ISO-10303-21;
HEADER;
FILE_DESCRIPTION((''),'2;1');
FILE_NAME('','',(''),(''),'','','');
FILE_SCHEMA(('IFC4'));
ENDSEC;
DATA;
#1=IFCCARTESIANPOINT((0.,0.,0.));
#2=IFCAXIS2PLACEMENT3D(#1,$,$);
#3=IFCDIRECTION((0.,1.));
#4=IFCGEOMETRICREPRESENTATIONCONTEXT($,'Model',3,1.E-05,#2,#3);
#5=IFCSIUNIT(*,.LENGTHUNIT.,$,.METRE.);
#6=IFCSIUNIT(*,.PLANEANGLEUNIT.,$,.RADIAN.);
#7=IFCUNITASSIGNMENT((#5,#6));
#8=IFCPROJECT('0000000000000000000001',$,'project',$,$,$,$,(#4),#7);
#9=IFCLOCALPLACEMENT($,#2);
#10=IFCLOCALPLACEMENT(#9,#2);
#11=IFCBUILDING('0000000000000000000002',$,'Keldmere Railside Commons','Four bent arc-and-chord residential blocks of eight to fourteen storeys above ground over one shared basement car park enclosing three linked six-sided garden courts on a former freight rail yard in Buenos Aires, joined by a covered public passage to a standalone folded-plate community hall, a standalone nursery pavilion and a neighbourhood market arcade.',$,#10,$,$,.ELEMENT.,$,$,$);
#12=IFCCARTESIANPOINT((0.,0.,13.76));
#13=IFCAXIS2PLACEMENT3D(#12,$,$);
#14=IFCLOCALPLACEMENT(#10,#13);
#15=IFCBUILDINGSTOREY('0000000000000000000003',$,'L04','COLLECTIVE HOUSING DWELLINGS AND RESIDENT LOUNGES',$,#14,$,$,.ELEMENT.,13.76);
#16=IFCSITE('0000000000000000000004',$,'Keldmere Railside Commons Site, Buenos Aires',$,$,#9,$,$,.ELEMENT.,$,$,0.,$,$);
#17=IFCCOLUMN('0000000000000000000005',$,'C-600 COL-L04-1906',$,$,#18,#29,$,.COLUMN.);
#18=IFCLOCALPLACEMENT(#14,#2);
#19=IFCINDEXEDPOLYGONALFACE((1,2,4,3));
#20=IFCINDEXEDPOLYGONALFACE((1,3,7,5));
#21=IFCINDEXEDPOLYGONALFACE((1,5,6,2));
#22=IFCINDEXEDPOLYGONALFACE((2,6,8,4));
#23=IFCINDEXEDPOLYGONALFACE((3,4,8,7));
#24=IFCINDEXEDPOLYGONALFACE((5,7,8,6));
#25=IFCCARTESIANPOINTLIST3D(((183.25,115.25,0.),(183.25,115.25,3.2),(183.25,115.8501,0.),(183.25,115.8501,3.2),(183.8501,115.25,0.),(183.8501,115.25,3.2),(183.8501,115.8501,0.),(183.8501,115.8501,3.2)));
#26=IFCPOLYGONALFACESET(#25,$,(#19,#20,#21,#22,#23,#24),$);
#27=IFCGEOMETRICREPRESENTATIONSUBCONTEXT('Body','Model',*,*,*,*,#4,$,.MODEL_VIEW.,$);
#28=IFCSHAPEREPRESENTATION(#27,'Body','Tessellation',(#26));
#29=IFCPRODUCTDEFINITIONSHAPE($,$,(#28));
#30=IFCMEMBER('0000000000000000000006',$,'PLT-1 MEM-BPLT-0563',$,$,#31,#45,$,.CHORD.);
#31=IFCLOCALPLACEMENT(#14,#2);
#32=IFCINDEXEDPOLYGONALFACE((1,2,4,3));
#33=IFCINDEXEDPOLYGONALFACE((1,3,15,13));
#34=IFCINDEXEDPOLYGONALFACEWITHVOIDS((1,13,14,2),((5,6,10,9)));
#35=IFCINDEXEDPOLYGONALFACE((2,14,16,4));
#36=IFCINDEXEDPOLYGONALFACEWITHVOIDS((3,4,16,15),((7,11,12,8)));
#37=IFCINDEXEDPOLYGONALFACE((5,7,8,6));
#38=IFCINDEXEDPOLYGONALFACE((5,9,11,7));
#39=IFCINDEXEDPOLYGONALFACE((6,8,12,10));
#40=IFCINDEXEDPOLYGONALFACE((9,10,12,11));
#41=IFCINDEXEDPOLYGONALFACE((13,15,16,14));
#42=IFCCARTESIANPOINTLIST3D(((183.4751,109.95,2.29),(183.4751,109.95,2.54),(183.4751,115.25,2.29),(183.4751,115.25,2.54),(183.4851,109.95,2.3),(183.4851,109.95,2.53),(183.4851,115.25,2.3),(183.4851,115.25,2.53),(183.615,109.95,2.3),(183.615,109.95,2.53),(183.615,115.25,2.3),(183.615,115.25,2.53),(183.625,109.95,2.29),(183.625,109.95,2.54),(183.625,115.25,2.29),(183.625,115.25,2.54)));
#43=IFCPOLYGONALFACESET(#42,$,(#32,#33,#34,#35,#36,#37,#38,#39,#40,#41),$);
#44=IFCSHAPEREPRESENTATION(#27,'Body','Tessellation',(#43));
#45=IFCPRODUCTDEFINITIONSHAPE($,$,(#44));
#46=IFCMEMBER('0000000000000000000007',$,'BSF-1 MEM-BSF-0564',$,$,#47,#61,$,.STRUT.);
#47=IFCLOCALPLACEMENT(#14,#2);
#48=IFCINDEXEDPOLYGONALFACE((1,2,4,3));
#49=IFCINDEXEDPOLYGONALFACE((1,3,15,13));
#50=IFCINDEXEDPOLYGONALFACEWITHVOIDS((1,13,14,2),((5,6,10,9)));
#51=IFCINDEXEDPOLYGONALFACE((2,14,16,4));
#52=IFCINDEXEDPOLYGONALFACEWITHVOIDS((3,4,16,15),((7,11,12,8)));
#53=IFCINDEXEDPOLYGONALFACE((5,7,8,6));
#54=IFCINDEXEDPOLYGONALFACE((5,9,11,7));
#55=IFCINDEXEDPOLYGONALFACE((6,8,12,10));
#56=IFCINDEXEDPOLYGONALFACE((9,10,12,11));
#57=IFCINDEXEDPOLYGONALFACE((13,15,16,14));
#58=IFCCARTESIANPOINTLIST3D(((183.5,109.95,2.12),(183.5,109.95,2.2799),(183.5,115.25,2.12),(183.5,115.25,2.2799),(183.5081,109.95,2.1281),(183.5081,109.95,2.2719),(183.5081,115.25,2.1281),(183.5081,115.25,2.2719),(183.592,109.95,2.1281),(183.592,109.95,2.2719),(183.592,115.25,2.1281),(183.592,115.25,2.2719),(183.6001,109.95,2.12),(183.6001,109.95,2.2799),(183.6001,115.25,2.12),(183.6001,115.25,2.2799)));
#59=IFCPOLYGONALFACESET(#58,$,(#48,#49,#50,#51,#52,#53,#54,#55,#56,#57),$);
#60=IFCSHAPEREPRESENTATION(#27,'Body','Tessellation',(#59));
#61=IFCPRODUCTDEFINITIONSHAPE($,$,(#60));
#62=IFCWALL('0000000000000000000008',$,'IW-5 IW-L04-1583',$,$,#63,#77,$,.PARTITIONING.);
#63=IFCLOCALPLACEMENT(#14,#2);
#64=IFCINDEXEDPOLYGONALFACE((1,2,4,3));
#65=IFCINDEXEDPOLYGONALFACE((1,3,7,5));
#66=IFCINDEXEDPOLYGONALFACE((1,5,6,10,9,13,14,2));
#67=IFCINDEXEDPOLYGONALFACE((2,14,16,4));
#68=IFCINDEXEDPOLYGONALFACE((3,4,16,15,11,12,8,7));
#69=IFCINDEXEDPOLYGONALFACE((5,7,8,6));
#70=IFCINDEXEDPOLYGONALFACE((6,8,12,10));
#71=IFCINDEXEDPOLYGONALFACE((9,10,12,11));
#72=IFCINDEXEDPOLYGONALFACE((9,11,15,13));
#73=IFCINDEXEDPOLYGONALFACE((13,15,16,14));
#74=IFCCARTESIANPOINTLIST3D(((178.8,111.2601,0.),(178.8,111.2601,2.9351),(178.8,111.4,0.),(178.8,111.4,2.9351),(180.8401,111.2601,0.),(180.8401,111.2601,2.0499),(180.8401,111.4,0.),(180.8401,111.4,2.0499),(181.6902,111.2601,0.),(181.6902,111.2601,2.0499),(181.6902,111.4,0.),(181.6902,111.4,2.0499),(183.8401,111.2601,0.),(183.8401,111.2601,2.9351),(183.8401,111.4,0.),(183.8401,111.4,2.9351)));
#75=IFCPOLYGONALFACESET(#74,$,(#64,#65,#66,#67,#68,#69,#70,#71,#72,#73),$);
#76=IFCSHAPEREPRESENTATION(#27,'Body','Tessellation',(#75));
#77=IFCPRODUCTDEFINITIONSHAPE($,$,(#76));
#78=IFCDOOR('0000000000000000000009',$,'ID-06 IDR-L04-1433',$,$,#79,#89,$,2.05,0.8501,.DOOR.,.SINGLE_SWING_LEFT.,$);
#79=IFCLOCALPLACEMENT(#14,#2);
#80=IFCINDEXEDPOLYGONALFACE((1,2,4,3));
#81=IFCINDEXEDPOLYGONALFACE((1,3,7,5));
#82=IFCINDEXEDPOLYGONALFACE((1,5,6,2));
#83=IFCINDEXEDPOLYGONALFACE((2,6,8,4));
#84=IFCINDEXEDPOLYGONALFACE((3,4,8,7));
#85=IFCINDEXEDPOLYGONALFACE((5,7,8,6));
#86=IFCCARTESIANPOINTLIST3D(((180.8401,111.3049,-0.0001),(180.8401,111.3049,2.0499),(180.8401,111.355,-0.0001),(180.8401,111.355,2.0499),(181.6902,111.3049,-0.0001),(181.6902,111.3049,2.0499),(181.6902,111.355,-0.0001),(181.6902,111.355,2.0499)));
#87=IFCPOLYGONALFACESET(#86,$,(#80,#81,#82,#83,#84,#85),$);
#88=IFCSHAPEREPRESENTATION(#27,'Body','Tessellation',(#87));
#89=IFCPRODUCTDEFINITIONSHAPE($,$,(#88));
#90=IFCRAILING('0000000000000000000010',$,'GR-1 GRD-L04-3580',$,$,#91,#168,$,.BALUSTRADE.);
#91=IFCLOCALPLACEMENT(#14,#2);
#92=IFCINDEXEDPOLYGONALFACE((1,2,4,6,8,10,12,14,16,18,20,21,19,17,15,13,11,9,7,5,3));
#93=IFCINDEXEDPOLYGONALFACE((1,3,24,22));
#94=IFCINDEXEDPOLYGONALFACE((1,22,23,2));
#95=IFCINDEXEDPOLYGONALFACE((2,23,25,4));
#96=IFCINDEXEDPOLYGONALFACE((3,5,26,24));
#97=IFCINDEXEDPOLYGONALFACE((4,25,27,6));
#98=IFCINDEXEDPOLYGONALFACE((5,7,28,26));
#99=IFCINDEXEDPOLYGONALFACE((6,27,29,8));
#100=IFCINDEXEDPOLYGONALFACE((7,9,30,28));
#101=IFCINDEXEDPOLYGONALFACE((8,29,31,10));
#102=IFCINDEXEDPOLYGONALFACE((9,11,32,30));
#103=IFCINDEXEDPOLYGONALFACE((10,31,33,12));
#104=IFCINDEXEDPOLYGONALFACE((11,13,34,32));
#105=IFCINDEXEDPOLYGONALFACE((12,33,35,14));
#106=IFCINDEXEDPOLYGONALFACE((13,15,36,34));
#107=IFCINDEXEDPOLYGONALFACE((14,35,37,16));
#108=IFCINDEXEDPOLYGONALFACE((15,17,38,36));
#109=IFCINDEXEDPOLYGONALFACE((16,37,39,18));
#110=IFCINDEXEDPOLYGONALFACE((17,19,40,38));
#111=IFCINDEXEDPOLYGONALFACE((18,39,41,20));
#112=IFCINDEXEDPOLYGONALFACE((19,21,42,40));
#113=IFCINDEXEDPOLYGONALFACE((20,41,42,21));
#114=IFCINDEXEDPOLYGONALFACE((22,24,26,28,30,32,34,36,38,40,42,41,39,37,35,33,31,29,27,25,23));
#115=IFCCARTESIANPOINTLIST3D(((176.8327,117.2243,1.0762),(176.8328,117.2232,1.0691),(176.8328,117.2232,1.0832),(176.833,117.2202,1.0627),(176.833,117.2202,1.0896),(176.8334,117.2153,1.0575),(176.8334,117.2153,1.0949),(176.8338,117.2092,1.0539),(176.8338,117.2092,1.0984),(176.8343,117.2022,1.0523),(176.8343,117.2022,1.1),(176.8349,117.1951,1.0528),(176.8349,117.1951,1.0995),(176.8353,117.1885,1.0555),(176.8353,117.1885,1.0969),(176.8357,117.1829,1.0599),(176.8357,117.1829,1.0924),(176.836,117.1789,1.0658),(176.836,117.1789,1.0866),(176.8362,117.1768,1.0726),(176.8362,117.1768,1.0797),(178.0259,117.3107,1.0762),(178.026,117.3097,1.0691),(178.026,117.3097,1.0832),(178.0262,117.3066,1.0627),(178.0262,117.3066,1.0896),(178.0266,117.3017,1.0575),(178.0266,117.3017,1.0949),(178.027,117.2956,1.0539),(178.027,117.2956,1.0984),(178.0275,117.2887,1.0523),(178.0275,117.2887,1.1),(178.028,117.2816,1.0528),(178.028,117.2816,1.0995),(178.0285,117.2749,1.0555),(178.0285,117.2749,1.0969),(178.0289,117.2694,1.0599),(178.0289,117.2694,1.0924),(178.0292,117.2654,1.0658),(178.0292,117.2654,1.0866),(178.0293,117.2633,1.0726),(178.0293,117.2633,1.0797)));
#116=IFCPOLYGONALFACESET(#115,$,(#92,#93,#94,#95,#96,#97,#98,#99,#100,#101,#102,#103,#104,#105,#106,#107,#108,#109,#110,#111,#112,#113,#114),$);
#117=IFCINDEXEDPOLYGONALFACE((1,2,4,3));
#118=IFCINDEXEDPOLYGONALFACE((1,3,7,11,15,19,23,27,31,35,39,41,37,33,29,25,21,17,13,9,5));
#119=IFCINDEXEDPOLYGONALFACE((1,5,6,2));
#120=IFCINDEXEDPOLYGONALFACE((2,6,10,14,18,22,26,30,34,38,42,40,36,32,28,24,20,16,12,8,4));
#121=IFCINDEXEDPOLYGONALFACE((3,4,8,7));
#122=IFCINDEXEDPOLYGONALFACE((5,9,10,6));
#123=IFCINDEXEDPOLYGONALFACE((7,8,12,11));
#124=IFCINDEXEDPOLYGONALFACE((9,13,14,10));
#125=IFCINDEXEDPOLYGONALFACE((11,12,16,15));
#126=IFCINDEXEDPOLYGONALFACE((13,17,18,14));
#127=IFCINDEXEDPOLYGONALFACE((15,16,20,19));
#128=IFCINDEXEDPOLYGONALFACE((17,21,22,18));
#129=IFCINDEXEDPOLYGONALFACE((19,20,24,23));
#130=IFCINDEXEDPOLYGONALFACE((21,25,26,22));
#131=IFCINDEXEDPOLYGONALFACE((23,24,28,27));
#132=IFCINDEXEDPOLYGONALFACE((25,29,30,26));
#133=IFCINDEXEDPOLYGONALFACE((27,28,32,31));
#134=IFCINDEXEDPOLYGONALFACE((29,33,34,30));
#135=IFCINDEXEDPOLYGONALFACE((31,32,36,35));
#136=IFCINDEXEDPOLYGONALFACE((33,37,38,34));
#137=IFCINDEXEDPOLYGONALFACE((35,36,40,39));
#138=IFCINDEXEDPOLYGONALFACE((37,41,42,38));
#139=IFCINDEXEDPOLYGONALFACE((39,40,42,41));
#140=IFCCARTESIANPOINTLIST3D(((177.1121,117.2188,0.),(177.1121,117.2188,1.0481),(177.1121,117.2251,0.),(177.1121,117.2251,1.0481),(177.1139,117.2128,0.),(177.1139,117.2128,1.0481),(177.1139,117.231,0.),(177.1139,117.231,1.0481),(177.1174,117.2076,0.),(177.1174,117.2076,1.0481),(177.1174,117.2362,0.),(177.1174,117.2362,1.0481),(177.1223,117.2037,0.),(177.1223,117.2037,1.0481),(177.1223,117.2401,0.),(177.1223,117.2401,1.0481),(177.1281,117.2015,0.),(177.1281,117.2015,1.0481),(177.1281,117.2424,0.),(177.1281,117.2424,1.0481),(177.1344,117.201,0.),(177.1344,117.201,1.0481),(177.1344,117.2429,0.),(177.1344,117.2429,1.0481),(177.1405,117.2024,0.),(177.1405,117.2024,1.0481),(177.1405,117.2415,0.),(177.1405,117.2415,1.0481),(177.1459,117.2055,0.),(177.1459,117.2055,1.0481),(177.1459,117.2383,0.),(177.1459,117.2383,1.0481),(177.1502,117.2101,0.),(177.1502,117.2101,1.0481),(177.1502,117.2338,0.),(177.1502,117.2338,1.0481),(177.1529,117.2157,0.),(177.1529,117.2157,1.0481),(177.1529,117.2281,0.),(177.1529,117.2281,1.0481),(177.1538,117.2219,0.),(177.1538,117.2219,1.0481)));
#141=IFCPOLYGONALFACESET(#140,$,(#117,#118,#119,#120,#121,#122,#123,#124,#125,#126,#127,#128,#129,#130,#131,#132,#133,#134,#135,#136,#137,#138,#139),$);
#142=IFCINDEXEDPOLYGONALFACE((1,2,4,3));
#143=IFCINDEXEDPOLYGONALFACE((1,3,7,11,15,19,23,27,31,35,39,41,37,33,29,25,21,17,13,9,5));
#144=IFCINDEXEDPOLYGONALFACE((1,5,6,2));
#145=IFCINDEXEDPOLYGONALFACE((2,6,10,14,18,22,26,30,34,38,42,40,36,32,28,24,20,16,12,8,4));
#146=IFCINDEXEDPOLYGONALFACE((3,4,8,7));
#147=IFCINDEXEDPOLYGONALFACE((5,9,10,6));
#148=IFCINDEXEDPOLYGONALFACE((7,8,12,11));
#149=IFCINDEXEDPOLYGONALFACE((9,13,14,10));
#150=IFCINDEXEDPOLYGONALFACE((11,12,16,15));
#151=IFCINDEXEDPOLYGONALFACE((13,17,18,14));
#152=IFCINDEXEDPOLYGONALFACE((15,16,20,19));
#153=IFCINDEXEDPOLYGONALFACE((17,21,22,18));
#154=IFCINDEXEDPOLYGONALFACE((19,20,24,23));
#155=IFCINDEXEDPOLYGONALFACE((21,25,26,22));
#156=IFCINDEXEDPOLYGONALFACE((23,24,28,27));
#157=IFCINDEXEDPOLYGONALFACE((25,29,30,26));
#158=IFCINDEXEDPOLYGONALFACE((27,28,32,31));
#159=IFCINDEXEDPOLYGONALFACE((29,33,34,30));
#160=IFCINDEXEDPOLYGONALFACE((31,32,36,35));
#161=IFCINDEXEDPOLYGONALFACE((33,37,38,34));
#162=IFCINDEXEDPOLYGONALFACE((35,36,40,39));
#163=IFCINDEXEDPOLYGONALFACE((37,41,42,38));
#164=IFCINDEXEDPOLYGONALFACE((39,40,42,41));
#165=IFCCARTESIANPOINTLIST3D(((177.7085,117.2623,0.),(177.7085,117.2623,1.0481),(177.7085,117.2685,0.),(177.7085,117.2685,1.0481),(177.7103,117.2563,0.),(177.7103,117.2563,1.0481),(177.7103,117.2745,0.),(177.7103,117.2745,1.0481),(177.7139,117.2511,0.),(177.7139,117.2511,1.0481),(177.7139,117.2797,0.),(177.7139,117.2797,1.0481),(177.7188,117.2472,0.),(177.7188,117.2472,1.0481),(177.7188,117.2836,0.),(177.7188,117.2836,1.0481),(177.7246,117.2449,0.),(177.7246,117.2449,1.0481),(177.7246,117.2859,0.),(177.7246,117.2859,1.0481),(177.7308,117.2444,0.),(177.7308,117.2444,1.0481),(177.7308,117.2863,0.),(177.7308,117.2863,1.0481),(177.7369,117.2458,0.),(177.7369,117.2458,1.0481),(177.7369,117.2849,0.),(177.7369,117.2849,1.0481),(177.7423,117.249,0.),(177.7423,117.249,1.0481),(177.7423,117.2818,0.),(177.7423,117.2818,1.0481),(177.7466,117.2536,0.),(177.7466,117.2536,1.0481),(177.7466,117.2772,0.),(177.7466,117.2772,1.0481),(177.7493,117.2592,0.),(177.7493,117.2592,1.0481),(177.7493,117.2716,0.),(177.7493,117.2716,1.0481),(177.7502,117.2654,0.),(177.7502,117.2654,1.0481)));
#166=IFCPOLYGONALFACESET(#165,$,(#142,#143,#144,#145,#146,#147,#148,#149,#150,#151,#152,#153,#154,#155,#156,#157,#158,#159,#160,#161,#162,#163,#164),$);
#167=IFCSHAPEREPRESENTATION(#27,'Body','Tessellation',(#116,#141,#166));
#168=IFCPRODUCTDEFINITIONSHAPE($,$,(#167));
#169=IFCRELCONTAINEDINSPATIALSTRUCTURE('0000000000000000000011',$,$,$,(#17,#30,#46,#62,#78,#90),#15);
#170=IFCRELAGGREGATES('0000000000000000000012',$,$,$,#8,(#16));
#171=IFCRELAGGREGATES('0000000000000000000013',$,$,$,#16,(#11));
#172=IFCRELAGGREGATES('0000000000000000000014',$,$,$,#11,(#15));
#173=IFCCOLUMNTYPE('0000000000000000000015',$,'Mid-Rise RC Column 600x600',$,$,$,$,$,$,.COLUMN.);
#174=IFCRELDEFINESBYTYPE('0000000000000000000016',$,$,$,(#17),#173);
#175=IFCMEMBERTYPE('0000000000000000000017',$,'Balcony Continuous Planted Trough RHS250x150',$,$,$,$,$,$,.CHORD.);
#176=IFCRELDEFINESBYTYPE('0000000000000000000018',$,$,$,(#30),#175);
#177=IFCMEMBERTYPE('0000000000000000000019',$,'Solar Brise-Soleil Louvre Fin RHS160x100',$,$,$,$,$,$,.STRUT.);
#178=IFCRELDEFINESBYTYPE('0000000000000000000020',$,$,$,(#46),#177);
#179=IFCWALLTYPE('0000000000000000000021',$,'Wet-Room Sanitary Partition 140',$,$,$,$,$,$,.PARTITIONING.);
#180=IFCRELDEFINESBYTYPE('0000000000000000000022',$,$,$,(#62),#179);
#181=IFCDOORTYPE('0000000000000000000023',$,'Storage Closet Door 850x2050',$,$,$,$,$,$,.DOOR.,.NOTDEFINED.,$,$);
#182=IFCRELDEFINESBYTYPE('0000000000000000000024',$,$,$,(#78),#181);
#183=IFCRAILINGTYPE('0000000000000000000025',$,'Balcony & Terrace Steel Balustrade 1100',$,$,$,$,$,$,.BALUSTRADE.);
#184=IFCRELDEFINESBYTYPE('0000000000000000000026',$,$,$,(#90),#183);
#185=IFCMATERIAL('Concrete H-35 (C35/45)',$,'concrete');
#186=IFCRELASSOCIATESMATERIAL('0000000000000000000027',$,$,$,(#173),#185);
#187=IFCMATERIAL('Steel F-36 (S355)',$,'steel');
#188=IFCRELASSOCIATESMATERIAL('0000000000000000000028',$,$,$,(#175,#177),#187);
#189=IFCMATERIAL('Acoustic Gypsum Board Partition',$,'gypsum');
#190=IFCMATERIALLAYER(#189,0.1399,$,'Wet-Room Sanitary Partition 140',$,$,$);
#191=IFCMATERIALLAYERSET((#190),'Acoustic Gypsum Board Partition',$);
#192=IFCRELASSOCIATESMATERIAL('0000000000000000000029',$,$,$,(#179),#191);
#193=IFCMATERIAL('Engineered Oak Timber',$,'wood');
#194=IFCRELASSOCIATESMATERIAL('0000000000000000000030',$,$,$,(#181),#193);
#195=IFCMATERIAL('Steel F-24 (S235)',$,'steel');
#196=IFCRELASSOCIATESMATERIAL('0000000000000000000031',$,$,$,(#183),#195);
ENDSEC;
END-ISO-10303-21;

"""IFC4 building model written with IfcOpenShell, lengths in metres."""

from ifc_helpers import new_model, si_unit, direction, frame, frame_2d, origin, origin_2d, place, context, subcontext, project, spatial, rectangle, hollow_rectangle, circle, extrude, material, layer, layer_set, material_profile, profile_set, type_object, element, fill, save


model = new_model("IFC4")

# Units and contexts
model_context = context("Model", 3, precision=1e-05, world=origin(), true_north=direction((0.0, 1.0)))
body_context = subcontext(model_context, "Body", "Model", "MODEL_VIEW")
ifc_project = project(units=[si_unit("LENGTHUNIT", "METRE"), si_unit("PLANEANGLEUNIT", "RADIAN")], contexts=[model_context])

# Site, building, storey
site_placement = place(None, origin())
site = spatial("IfcSite", under=ifc_project, at=site_placement, Name="Keldmere Railside Commons Site, Buenos Aires", CompositionType="ELEMENT", RefElevation=0.0)
building_placement = place(site_placement, origin())
building = spatial("IfcBuilding", under=site, at=building_placement, Name="Keldmere Railside Commons", Description="Four bent arc-and-chord residential blocks of eight to fourteen storeys above ground over one shared basement car park enclosing three linked six-sided garden courts on a former freight rail yard in Buenos Aires, joined by a covered public passage to a standalone folded-plate community hall, a standalone nursery pavilion and a neighbourhood market arcade.", CompositionType="ELEMENT")
storey_placement = place(building_placement, frame((0.0, 0.0, 13.76)))
storey = spatial("IfcBuildingStorey", under=building, at=storey_placement, Name="L04", Description="COLLECTIVE HOUSING DWELLINGS AND RESIDENT LOUNGES", CompositionType="ELEMENT", Elevation=13.76)

# Column
ifc_material_1 = material(Name="Concrete H-35 (C35/45)", Category="concrete")
ifc_material_profile_1 = material_profile(ifc_material_1, rectangle(XDim=0.6001, YDim=0.6001, at=origin_2d()), Name="RC-600x600")
ifc_profile_set_1 = profile_set([ifc_material_profile_1], Name="Concrete H-35 (C35/45)")
column_type = type_object("IfcColumnType", Name="Mid-Rise RC Column 600x600", PredefinedType="COLUMN", material=ifc_profile_set_1)
column_placement = place(storey_placement, frame((183.55, 115.55, 0.0), z_axis=(0.0, 0.0, 1.0), x_axis=(1.0, 0.0, 0.0)))
element("IfcColumn", 1, at=column_placement, inside=storey, type_object=column_type, Name="C-600 COL-L04-1906", PredefinedType="COLUMN", context=body_context, shape_type="SweptSolid", body=[
    extrude(rectangle(XDim=0.6001, YDim=0.6001, at=origin_2d()), origin(), (0.0, 0.0, 1.0), 3.2),
])

# Members
ifc_material_2 = material(Name="Steel F-36 (S355)", Category="steel")
ifc_material_profile_2 = material_profile(ifc_material_2, hollow_rectangle(XDim=0.1499, YDim=0.25, WallThickness=0.01, at=origin_2d()), Name="RHS-250x150x10")
ifc_profile_set_2 = profile_set([ifc_material_profile_2], Name="Steel F-36 (S355)")
member_type_1 = type_object("IfcMemberType", Name="Balcony Continuous Planted Trough RHS250x150", PredefinedType="CHORD", material=ifc_profile_set_2)
member_1_placement = place(storey_placement, frame((183.55, 109.95, 2.415), z_axis=(0.0, 1.0, 0.0), x_axis=(-1.0, 0.0, 0.0)))
element("IfcMember", 2, at=member_1_placement, inside=storey, type_object=member_type_1, Name="PLT-1 MEM-BPLT-0563", PredefinedType="CHORD", context=body_context, shape_type="SweptSolid", body=[
    extrude(hollow_rectangle(XDim=0.1499, YDim=0.25, WallThickness=0.01, at=origin_2d()), origin(), (0.0, 0.0, 1.0), 5.3),
])
ifc_material_profile_3 = material_profile(ifc_material_2, hollow_rectangle(XDim=0.1001, YDim=0.1599, WallThickness=0.0081, at=origin_2d()), Name="RHS-160x100x8")
ifc_profile_set_3 = profile_set([ifc_material_profile_3], Name="Steel F-36 (S355)")
member_type_2 = type_object("IfcMemberType", Name="Solar Brise-Soleil Louvre Fin RHS160x100", PredefinedType="STRUT", material=ifc_profile_set_3)
member_2_placement = place(storey_placement, frame((183.55, 109.95, 2.2), z_axis=(0.0, 1.0, 0.0), x_axis=(-1.0, 0.0, 0.0)))
element("IfcMember", 3, at=member_2_placement, inside=storey, type_object=member_type_2, Name="BSF-1 MEM-BSF-0564", PredefinedType="STRUT", context=body_context, shape_type="SweptSolid", body=[
    extrude(hollow_rectangle(XDim=0.1001, YDim=0.1599, WallThickness=0.0081, at=origin_2d()), origin(), (0.0, 0.0, 1.0), 5.3),
])

# Wall, opening, door
ifc_material_3 = material(Name="Acoustic Gypsum Board Partition", Category="gypsum")
ifc_layer_1 = layer(ifc_material_3, 0.1399, Name="Wet-Room Sanitary Partition 140")
ifc_layer_set_1 = layer_set([ifc_layer_1], Name="Acoustic Gypsum Board Partition")
wall_type_1 = type_object("IfcWallType", Name="Wet-Room Sanitary Partition 140", PredefinedType="PARTITIONING", material=ifc_layer_set_1)
wall_1_placement = place(storey_placement, frame((178.8, 111.3301, 0.0), z_axis=(0.0, 0.0, 1.0), x_axis=(1.0, 0.0, 0.0)))
wall_1 = element("IfcWall", 4, at=wall_1_placement, inside=storey, type_object=wall_type_1, Name="IW-5 IW-L04-1583", PredefinedType="PARTITIONING", context=body_context, shape_type="SweptSolid", body=[
    extrude(rectangle(XDim=5.04, YDim=0.1399, at=frame_2d((2.52, 0.0))), origin(), (0.0, 0.0, 1.0), 2.9351),
])
opening_1_placement = place(wall_1_placement, frame((2.04, 0.0, 0.0)))
opening_1 = element("IfcOpeningElement", 5, at=opening_1_placement, cuts=wall_1, PredefinedType="OPENING", context=body_context, shape_type="SweptSolid", body=[
    extrude(rectangle(XDim=0.8501, YDim=2.05, at=frame_2d((0.425, 1.0249))), frame((0.0, 0.0798, 0.0), z_axis=(0.0, -1.0, 0.0), x_axis=(1.0, 0.0, 0.0)), (0.0, 0.0, 1.0), 0.1599),
])
ifc_material_4 = material(Name="Engineered Oak Timber", Category="wood")
door_type_1 = type_object("IfcDoorType", Name="Storage Closet Door 850x2050", OperationType="NOTDEFINED", PredefinedType="DOOR", material=ifc_material_4)
door_1_placement = place(opening_1_placement, origin())
door_1 = element("IfcDoor", 6, at=door_1_placement, inside=storey, type_object=door_type_1, Name="ID-06 IDR-L04-1433", OperationType="SINGLE_SWING_LEFT", OverallHeight=2.05, OverallWidth=0.8501, PredefinedType="DOOR", context=body_context, shape_type="SweptSolid", body=[
    extrude(rectangle(XDim=0.8501, YDim=2.05, at=frame_2d((0.425, 1.0249))), frame((0.0, 0.0249, 0.0), z_axis=(0.0, -1.0, 0.0), x_axis=(1.0, 0.0, 0.0)), (0.0, 0.0, 1.0), 0.05),
])
fill(opening_1, door_1)

# Railing
ifc_material_5 = material(Name="Steel F-24 (S235)", Category="steel")
railing_type = type_object("IfcRailingType", Name="Balcony & Terrace Steel Balustrade 1100", PredefinedType="BALUSTRADE", material=ifc_material_5)
railing_1_placement = place(storey_placement, frame((176.8345, 117.2004, 0.0)))
element("IfcRailing", 7, at=railing_1_placement, inside=storey, type_object=railing_type, Name="GR-1 GRD-L04-3580", PredefinedType="BALUSTRADE", context=body_context, shape_type="SweptSolid", body=[
    extrude(circle(Radius=0.0239, at=origin_2d()), frame((0.0, 0.0, 1.0762), z_axis=(0.997387, 0.072248, 0.0), x_axis=(-0.072248, 0.997387, 0.0)), (0.0, 0.0, 1.0), 1.1963),
    extrude(circle(Radius=0.021, at=origin_2d()), frame((0.2983, 0.0215, 0.0)), (0.0, 0.0, 1.0), 1.0481),
    extrude(circle(Radius=0.021, at=origin_2d()), frame((0.8948, 0.0649, 0.0)), (0.0, 0.0, 1.0), 1.0481),
])

save(model, "model.ifc")
